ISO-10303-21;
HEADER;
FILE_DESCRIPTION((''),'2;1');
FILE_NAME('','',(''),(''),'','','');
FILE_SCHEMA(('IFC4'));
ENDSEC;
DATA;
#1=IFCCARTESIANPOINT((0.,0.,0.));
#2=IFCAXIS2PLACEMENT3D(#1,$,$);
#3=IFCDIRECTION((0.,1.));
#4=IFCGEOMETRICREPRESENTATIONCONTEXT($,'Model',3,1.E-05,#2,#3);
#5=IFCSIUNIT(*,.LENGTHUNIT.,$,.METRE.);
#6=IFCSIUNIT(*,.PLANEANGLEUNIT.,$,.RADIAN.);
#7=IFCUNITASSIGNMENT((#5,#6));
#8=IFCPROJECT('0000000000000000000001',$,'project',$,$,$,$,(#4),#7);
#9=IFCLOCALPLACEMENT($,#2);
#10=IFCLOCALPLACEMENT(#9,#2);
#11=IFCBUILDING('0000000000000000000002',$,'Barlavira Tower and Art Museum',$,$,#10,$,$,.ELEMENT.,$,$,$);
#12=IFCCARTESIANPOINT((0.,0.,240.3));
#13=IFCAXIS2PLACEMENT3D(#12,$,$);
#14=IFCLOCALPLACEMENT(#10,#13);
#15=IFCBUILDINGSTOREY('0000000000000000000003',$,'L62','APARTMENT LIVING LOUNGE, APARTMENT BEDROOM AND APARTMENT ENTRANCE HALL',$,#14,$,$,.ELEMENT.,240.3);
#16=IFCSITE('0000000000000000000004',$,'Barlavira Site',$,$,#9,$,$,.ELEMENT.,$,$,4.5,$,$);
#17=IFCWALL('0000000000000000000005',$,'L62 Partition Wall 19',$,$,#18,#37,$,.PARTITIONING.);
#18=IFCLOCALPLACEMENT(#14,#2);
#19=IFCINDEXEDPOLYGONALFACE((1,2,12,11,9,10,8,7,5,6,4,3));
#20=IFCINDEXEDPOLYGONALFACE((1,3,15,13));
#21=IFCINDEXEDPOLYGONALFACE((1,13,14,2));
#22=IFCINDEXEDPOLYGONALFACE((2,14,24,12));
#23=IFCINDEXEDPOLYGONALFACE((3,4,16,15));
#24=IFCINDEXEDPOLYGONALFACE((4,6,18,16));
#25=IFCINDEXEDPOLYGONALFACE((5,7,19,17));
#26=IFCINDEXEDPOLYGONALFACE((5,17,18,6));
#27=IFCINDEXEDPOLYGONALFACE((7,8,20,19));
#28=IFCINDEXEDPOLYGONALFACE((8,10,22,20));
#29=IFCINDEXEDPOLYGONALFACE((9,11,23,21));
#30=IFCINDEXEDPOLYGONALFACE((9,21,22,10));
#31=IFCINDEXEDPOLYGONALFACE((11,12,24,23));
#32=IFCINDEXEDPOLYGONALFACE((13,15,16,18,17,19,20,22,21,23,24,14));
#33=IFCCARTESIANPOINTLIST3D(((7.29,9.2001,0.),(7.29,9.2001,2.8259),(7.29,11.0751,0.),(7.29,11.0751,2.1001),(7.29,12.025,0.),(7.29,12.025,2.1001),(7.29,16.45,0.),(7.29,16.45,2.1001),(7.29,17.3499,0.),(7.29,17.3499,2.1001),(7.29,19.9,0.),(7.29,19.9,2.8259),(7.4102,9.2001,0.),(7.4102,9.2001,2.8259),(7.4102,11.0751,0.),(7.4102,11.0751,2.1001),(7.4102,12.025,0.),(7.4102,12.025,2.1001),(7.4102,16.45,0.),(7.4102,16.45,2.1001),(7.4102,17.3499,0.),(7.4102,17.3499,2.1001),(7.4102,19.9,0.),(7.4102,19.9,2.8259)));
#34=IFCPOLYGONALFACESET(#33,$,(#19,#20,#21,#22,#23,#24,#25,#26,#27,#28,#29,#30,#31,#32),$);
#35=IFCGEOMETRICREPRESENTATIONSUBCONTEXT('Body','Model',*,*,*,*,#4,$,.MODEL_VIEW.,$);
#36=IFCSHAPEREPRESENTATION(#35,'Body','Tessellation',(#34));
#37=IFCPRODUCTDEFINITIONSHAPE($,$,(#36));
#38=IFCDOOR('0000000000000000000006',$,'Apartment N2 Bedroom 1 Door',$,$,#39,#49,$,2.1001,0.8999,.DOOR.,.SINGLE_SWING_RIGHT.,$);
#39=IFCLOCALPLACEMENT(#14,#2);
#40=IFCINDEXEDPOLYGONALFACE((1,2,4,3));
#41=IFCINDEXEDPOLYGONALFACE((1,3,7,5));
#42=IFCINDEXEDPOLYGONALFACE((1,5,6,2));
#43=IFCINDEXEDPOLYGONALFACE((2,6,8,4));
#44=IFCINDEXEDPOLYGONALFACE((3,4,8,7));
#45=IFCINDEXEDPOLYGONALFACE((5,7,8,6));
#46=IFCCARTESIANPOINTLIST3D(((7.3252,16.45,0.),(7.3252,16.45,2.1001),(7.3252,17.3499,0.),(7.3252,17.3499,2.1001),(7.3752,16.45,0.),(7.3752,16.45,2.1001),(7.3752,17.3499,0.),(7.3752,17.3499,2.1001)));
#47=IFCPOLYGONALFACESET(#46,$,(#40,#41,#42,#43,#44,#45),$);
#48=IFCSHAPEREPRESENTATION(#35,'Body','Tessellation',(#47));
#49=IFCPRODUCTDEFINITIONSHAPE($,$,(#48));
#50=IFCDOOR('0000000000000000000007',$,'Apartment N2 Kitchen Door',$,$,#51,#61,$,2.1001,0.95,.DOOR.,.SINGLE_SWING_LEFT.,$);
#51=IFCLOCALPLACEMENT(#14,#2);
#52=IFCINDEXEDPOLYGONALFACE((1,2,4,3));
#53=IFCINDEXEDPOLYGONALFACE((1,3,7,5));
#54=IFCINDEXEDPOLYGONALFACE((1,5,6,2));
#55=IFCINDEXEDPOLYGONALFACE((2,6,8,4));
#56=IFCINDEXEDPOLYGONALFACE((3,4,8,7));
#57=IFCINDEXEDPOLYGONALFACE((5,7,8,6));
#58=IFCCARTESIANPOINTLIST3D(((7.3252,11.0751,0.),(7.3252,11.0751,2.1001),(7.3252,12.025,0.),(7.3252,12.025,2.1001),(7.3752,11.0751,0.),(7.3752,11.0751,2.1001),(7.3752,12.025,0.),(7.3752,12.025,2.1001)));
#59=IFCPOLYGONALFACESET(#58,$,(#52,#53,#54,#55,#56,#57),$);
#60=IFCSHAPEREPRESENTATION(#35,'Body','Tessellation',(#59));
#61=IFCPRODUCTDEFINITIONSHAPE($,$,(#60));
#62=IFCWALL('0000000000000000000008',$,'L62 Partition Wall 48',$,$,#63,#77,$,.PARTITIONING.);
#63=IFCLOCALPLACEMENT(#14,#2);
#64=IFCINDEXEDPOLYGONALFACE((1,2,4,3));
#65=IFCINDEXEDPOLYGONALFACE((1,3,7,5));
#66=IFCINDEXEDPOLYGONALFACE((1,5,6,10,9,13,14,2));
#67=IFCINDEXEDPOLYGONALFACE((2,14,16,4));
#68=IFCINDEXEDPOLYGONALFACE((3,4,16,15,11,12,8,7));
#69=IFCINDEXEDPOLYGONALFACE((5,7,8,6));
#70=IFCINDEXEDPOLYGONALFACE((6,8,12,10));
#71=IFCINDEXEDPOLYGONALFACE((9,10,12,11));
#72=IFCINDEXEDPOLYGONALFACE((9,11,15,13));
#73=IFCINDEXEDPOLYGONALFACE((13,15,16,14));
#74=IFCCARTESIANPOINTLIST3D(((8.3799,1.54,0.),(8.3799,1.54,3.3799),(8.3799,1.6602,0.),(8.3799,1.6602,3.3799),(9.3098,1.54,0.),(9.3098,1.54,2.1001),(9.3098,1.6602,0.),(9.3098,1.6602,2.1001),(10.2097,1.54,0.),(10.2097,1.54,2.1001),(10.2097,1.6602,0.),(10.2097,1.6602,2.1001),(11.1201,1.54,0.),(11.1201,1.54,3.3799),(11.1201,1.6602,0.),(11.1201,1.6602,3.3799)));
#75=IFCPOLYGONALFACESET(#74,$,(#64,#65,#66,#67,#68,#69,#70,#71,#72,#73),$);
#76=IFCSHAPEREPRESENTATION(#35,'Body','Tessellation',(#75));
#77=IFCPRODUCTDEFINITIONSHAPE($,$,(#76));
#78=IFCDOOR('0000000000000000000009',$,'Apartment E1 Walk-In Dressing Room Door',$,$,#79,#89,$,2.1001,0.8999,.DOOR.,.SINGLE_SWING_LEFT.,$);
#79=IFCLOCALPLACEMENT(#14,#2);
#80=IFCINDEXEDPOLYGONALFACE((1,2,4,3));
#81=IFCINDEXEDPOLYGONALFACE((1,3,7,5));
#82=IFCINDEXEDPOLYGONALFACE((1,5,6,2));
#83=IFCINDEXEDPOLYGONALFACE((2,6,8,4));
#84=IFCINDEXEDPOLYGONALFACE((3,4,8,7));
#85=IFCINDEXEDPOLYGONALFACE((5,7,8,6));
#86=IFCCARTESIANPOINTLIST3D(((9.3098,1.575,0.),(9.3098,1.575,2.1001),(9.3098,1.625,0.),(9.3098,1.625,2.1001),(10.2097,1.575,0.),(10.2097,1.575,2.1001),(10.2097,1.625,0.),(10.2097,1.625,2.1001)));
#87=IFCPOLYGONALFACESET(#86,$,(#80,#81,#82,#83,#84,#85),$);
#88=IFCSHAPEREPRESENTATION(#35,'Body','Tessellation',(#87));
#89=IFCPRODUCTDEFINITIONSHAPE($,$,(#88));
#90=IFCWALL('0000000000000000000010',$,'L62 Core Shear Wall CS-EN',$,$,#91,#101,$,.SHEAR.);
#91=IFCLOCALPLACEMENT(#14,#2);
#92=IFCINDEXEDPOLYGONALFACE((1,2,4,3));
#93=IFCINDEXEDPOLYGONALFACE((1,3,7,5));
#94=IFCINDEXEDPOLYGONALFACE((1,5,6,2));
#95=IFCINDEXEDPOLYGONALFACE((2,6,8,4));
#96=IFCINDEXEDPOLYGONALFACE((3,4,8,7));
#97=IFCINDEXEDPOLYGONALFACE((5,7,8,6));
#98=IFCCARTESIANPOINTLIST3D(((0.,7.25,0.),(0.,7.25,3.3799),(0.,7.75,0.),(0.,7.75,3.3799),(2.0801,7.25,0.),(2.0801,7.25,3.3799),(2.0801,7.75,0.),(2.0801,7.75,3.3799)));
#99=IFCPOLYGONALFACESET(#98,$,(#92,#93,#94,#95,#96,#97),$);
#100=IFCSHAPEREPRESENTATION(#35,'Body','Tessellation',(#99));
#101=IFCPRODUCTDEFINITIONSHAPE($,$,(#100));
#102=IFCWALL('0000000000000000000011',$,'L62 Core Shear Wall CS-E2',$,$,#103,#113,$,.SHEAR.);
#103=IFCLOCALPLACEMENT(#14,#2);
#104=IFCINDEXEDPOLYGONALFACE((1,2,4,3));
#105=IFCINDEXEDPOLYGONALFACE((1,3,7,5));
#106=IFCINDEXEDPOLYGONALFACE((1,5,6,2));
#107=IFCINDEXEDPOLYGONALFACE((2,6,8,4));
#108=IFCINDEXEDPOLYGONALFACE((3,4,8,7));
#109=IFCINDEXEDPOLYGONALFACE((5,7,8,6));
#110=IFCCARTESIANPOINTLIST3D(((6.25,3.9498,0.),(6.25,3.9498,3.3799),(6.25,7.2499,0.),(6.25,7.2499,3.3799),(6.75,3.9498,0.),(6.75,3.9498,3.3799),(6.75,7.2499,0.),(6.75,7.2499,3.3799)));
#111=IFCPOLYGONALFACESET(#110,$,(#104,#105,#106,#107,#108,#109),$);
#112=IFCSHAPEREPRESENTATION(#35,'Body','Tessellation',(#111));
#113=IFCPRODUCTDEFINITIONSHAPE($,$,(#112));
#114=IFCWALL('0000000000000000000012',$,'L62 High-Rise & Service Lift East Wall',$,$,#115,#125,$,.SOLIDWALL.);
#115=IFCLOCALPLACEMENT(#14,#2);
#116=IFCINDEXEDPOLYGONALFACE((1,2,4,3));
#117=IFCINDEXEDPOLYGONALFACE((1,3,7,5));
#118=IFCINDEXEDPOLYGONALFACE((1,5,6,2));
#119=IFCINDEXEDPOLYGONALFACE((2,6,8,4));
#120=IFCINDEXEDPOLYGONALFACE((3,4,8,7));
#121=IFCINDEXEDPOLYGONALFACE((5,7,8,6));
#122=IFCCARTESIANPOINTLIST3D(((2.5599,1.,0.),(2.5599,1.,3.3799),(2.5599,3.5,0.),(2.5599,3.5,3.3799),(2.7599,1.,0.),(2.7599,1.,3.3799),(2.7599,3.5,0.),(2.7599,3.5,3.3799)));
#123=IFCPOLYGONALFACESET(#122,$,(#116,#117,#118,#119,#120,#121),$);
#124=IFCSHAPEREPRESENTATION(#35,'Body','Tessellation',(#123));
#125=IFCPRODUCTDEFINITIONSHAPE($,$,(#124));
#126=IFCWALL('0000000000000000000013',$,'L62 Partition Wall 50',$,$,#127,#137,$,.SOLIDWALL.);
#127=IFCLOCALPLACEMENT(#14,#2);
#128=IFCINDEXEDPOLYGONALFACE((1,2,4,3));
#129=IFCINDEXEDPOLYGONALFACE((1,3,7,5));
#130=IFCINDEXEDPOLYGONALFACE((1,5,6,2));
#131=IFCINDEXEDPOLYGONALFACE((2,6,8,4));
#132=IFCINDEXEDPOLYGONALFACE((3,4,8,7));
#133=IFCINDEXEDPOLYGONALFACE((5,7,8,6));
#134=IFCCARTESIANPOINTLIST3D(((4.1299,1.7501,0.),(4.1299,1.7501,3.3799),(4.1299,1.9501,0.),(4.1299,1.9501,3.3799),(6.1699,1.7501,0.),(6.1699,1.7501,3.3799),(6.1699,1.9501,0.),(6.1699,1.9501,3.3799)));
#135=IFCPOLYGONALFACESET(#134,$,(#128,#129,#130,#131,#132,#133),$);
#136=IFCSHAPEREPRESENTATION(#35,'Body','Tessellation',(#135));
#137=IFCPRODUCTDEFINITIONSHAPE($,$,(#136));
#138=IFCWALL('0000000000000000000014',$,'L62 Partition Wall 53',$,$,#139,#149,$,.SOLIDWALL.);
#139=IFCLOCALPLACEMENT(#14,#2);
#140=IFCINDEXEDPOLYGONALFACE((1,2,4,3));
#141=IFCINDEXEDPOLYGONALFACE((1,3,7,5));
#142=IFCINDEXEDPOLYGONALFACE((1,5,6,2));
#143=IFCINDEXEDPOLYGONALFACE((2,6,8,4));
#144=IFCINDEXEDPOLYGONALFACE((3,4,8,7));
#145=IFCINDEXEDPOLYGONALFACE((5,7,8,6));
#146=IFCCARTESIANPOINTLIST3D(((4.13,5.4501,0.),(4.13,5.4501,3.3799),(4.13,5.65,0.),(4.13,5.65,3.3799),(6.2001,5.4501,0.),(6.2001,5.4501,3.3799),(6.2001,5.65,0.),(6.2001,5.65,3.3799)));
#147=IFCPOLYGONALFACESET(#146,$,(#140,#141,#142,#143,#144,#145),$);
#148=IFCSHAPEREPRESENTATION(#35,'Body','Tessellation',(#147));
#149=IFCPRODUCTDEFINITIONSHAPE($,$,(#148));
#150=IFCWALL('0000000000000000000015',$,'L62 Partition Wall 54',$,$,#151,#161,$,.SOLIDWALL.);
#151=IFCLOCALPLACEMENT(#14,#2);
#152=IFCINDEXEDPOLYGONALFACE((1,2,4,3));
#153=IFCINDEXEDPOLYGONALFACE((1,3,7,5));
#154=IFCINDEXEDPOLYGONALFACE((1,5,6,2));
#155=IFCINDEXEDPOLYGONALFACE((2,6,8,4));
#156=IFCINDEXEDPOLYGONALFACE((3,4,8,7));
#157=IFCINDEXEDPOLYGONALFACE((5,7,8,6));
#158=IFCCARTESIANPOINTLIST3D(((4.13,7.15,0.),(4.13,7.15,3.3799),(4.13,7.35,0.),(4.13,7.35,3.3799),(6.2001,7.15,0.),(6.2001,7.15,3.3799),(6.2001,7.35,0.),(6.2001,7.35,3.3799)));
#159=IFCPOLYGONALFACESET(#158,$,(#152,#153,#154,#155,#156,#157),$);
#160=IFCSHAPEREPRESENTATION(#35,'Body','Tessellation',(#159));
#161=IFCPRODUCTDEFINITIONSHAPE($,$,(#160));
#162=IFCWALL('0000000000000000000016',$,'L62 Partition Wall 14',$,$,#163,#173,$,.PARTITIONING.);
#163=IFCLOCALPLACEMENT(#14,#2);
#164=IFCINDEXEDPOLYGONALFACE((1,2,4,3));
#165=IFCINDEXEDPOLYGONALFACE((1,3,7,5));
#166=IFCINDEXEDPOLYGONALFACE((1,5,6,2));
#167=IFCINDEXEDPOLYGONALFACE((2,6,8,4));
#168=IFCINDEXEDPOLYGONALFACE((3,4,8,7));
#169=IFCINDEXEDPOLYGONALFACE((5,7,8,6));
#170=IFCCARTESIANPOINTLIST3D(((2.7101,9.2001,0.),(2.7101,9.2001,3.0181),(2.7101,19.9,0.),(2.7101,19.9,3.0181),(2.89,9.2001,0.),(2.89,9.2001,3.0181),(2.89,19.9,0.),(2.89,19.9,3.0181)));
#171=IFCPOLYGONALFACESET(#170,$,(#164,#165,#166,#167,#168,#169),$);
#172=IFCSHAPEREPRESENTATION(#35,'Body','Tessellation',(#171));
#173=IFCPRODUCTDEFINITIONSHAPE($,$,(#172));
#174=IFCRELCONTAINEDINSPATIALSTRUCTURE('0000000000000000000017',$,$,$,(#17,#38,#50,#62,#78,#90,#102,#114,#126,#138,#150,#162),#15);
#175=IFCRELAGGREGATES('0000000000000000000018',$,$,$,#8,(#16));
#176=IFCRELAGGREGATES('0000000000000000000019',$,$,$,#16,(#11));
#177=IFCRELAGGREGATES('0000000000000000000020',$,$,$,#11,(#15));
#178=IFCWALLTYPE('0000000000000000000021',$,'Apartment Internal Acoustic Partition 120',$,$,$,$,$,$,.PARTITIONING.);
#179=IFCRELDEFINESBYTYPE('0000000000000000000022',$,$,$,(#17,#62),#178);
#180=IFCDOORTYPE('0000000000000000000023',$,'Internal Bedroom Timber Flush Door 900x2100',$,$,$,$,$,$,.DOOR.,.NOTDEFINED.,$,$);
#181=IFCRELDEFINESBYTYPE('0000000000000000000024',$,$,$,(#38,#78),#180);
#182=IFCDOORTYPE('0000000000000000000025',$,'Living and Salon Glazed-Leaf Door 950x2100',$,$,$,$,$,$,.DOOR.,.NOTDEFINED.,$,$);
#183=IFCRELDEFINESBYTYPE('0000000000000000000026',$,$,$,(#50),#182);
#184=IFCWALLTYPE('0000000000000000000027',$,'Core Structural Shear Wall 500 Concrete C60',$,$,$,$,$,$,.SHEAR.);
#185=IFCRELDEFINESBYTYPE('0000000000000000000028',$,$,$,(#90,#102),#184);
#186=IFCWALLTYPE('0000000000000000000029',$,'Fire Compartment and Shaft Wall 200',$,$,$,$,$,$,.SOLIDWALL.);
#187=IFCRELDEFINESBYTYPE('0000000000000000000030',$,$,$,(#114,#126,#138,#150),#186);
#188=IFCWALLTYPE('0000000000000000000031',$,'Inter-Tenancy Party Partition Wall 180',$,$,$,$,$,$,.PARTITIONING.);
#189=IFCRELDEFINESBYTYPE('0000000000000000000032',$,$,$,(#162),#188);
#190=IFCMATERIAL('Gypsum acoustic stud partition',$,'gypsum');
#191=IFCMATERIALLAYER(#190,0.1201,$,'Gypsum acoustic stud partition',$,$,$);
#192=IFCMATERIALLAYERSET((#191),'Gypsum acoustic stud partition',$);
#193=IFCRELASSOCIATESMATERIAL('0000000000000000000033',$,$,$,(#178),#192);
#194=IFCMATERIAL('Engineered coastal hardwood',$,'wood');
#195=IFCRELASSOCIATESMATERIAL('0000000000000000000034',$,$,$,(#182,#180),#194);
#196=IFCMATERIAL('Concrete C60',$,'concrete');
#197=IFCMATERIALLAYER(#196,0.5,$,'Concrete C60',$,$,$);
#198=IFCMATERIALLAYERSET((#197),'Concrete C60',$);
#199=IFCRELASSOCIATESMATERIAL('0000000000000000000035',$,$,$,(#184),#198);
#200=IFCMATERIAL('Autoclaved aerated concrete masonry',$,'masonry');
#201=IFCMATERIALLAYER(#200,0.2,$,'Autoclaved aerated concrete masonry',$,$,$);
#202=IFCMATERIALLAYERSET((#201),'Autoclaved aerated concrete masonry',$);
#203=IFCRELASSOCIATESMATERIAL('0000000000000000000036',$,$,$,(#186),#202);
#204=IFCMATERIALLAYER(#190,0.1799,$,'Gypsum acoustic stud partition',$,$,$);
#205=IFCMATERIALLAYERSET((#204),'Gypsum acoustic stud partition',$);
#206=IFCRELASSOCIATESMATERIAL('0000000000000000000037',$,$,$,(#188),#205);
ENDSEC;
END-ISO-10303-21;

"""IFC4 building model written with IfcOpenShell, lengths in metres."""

from ifc_helpers import new_model, si_unit, direction, frame, frame_2d, origin, place, context, subcontext, project, spatial, rectangle, extrude, material, layer, layer_set, type_object, element, fill, save


model = new_model("IFC4")

# Units and contexts
model_context = context("Model", 3, precision=1e-05, world=origin(), true_north=direction((0.0, 1.0)))
body_context = subcontext(model_context, "Body", "Model", "MODEL_VIEW")
ifc_project = project(units=[si_unit("LENGTHUNIT", "METRE"), si_unit("PLANEANGLEUNIT", "RADIAN")], contexts=[model_context])

# Site, building, storey
site_placement = place(None, origin())
site = spatial("IfcSite", under=ifc_project, at=site_placement, Name="Barlavira Site", CompositionType="ELEMENT", RefElevation=4.5)
building_placement = place(site_placement, origin())
building = spatial("IfcBuilding", under=site, at=building_placement, Name="Barlavira Tower and Art Museum", CompositionType="ELEMENT")
storey_placement = place(building_placement, frame((0.0, 0.0, 240.3)))
storey = spatial("IfcBuildingStorey", under=building, at=storey_placement, Name="L62", Description="APARTMENT LIVING LOUNGE, APARTMENT BEDROOM AND APARTMENT ENTRANCE HALL", CompositionType="ELEMENT", Elevation=240.3)

# Shared definitions
ifc_material_1 = material(Name="Gypsum acoustic stud partition", Category="gypsum")
ifc_layer_1 = layer(ifc_material_1, 0.1201, Name="Gypsum acoustic stud partition")
ifc_layer_set_1 = layer_set([ifc_layer_1], Name="Gypsum acoustic stud partition")
wall_type_1 = type_object("IfcWallType", Name="Apartment Internal Acoustic Partition 120", PredefinedType="PARTITIONING", material=ifc_layer_set_1)
ifc_material_2 = material(Name="Engineered coastal hardwood", Category="wood")
door_type_1 = type_object("IfcDoorType", Name="Living and Salon Glazed-Leaf Door 950x2100", OperationType="NOTDEFINED", PredefinedType="DOOR", material=ifc_material_2)

# Wall, openings, doors
wall_1_placement = place(storey_placement, frame((7.3501, 9.2, 0.0), z_axis=(0.0, 0.0, 1.0), x_axis=(0.0, 1.0, 0.0)))
wall_1 = element("IfcWall", 1, at=wall_1_placement, inside=storey, type_object=wall_type_1, Name="L62 Partition Wall 19", PredefinedType="PARTITIONING", context=body_context, shape_type="SweptSolid", body=[
    extrude(rectangle(XDim=10.7, YDim=0.1201, at=frame_2d((5.3501, 0.0))), origin(), (0.0, 0.0, 1.0), 2.8259),
])
opening_1_placement = place(wall_1_placement, frame((1.875, 0.0, 0.0)))
opening_1 = element("IfcOpeningElement", 2, at=opening_1_placement, cuts=wall_1, PredefinedType="OPENING", context=body_context, shape_type="SweptSolid", body=[
    extrude(rectangle(XDim=0.95, YDim=2.1001, at=frame_2d((0.4751, 1.05))), frame((0.0, 0.0701, 0.0), z_axis=(0.0, -1.0, 0.0), x_axis=(1.0, 0.0, 0.0)), (0.0, 0.0, 1.0), 0.1401),
])
opening_2_placement = place(wall_1_placement, frame((7.25, 0.0, 0.0)))
opening_2 = element("IfcOpeningElement", 3, at=opening_2_placement, cuts=wall_1, PredefinedType="OPENING", context=body_context, shape_type="SweptSolid", body=[
    extrude(rectangle(XDim=0.8999, YDim=2.1001, at=frame_2d((0.45, 1.05))), frame((0.0, 0.0701, 0.0), z_axis=(0.0, -1.0, 0.0), x_axis=(1.0, 0.0, 0.0)), (0.0, 0.0, 1.0), 0.1401),
])
door_type_2 = type_object("IfcDoorType", Name="Internal Bedroom Timber Flush Door 900x2100", OperationType="NOTDEFINED", PredefinedType="DOOR", material=ifc_material_2)
door_1_placement = place(opening_2_placement, origin())
door_1 = element("IfcDoor", 4, at=door_1_placement, inside=storey, type_object=door_type_2, Name="Apartment N2 Bedroom 1 Door", OperationType="SINGLE_SWING_RIGHT", OverallHeight=2.1001, OverallWidth=0.8999, PredefinedType="DOOR", context=body_context, shape_type="SweptSolid", body=[
    extrude(rectangle(XDim=0.8999, YDim=2.1001, at=frame_2d((0.45, 1.05))), frame((0.0, 0.0249, 0.0), z_axis=(0.0, -1.0, 0.0), x_axis=(1.0, 0.0, 0.0)), (0.0, 0.0, 1.0), 0.05),
])
fill(opening_2, door_1)
door_2_placement = place(opening_1_placement, origin())
door_2 = element("IfcDoor", 5, at=door_2_placement, inside=storey, type_object=door_type_1, Name="Apartment N2 Kitchen Door", OperationType="SINGLE_SWING_LEFT", OverallHeight=2.1001, OverallWidth=0.95, PredefinedType="DOOR", context=body_context, shape_type="SweptSolid", body=[
    extrude(rectangle(XDim=0.95, YDim=2.1001, at=frame_2d((0.4751, 1.05))), frame((0.0, 0.0249, 0.0), z_axis=(0.0, -1.0, 0.0), x_axis=(1.0, 0.0, 0.0)), (0.0, 0.0, 1.0), 0.05),
])
fill(opening_1, door_2)

# Wall, opening, door
wall_2_placement = place(storey_placement, frame((8.3799, 1.6001, 0.0), z_axis=(0.0, 0.0, 1.0), x_axis=(1.0, 0.0, 0.0)))
wall_2 = element("IfcWall", 6, at=wall_2_placement, inside=storey, type_object=wall_type_1, Name="L62 Partition Wall 48", PredefinedType="PARTITIONING", context=body_context, shape_type="SweptSolid", body=[
    extrude(rectangle(XDim=2.7402, YDim=0.1201, at=frame_2d((1.3701, 0.0))), origin(), (0.0, 0.0, 1.0), 3.3799),
])
opening_3_placement = place(wall_2_placement, frame((0.9299, 0.0, 0.0)))
opening_3 = element("IfcOpeningElement", 7, at=opening_3_placement, cuts=wall_2, PredefinedType="OPENING", context=body_context, shape_type="SweptSolid", body=[
    extrude(rectangle(XDim=0.8999, YDim=2.1001, at=frame_2d((0.45, 1.05))), frame((0.0, 0.0701, 0.0), z_axis=(0.0, -1.0, 0.0), x_axis=(1.0, 0.0, 0.0)), (0.0, 0.0, 1.0), 0.1401),
])
door_3_placement = place(opening_3_placement, origin())
door_3 = element("IfcDoor", 8, at=door_3_placement, inside=storey, type_object=door_type_2, Name="Apartment E1 Walk-In Dressing Room Door", OperationType="SINGLE_SWING_LEFT", OverallHeight=2.1001, OverallWidth=0.8999, PredefinedType="DOOR", context=body_context, shape_type="SweptSolid", body=[
    extrude(rectangle(XDim=0.8999, YDim=2.1001, at=frame_2d((0.45, 1.05))), frame((0.0, 0.0249, 0.0), z_axis=(0.0, -1.0, 0.0), x_axis=(1.0, 0.0, 0.0)), (0.0, 0.0, 1.0), 0.05),
])
fill(opening_3, door_3)

# Walls
ifc_material_3 = material(Name="Concrete C60", Category="concrete")
ifc_layer_2 = layer(ifc_material_3, 0.5, Name="Concrete C60")
ifc_layer_set_2 = layer_set([ifc_layer_2], Name="Concrete C60")
wall_type_2 = type_object("IfcWallType", Name="Core Structural Shear Wall 500 Concrete C60", PredefinedType="SHEAR", material=ifc_layer_set_2)
wall_3_placement = place(storey_placement, frame((0.0, 7.5, 0.0), z_axis=(0.0, 0.0, 1.0), x_axis=(1.0, 0.0, 0.0)))
element("IfcWall", 9, at=wall_3_placement, inside=storey, type_object=wall_type_2, Name="L62 Core Shear Wall CS-EN", PredefinedType="SHEAR", context=body_context, shape_type="SweptSolid", body=[
    extrude(rectangle(XDim=2.0801, YDim=0.5, at=frame_2d((1.04, 0.0))), origin(), (0.0, 0.0, 1.0), 3.3799),
])
wall_4_placement = place(storey_placement, frame((6.5, 3.95, 0.0), z_axis=(0.0, 0.0, 1.0), x_axis=(0.0, 1.0, 0.0)))
element("IfcWall", 10, at=wall_4_placement, inside=storey, type_object=wall_type_2, Name="L62 Core Shear Wall CS-E2", PredefinedType="SHEAR", context=body_context, shape_type="SweptSolid", body=[
    extrude(rectangle(XDim=3.3, YDim=0.5, at=frame_2d((1.6499, 0.0))), origin(), (0.0, 0.0, 1.0), 3.3799),
])
ifc_material_4 = material(Name="Autoclaved aerated concrete masonry", Category="masonry")
ifc_layer_3 = layer(ifc_material_4, 0.2, Name="Autoclaved aerated concrete masonry")
ifc_layer_set_3 = layer_set([ifc_layer_3], Name="Autoclaved aerated concrete masonry")
wall_type_3 = type_object("IfcWallType", Name="Fire Compartment and Shaft Wall 200", PredefinedType="SOLIDWALL", material=ifc_layer_set_3)
wall_5_placement = place(storey_placement, frame((2.6599, 1.0, 0.0), z_axis=(0.0, 0.0, 1.0), x_axis=(0.0, 1.0, 0.0)))
element("IfcWall", 11, at=wall_5_placement, inside=storey, type_object=wall_type_3, Name="L62 High-Rise & Service Lift East Wall", PredefinedType="SOLIDWALL", context=body_context, shape_type="SweptSolid", body=[
    extrude(rectangle(XDim=2.5, YDim=0.2, at=frame_2d((1.25, 0.0))), origin(), (0.0, 0.0, 1.0), 3.3799),
])

# Walls
wall_6_placement = place(storey_placement, frame((4.1299, 1.8501, 0.0), z_axis=(0.0, 0.0, 1.0), x_axis=(1.0, 0.0, 0.0)))
element("IfcWall", 12, at=wall_6_placement, inside=storey, type_object=wall_type_3, Name="L62 Partition Wall 50", PredefinedType="SOLIDWALL", context=body_context, shape_type="SweptSolid", body=[
    extrude(rectangle(XDim=2.04, YDim=0.2, at=frame_2d((1.02, 0.0))), origin(), (0.0, 0.0, 1.0), 3.3799),
])
for number, where, z_axis, x_axis, name in (
    (13, (4.1299, 5.55, 0.0), (0.0, 0.0, 1.0), (1.0, 0.0, 0.0), "L62 Partition Wall 53"),
    (14, (4.1299, 7.25, 0.0), (0.0, 0.0, 1.0), (1.0, 0.0, 0.0), "L62 Partition Wall 54"),
):
    element("IfcWall", number, at=place(storey_placement, frame(where, z_axis=z_axis, x_axis=x_axis)), inside=storey, type_object=wall_type_3, Name=name, PredefinedType="SOLIDWALL", context=body_context, shape_type="SweptSolid", body=[
        extrude(rectangle(XDim=2.0701, YDim=0.2, at=frame_2d((1.0352, 0.0))), origin(), (0.0, 0.0, 1.0), 3.3799),
    ])
ifc_layer_4 = layer(ifc_material_1, 0.1799, Name="Gypsum acoustic stud partition")
ifc_layer_set_4 = layer_set([ifc_layer_4], Name="Gypsum acoustic stud partition")
wall_type_4 = type_object("IfcWallType", Name="Inter-Tenancy Party Partition Wall 180", PredefinedType="PARTITIONING", material=ifc_layer_set_4)
wall_7_placement = place(storey_placement, frame((2.8, 9.2, 0.0), z_axis=(0.0, 0.0, 1.0), x_axis=(0.0, 1.0, 0.0)))
element("IfcWall", 15, at=wall_7_placement, inside=storey, type_object=wall_type_4, Name="L62 Partition Wall 14", PredefinedType="PARTITIONING", context=body_context, shape_type="SweptSolid", body=[
    extrude(rectangle(XDim=10.7, YDim=0.1799, at=frame_2d((5.3501, 0.0))), origin(), (0.0, 0.0, 1.0), 3.0181),
])

save(model, "model.ifc")
